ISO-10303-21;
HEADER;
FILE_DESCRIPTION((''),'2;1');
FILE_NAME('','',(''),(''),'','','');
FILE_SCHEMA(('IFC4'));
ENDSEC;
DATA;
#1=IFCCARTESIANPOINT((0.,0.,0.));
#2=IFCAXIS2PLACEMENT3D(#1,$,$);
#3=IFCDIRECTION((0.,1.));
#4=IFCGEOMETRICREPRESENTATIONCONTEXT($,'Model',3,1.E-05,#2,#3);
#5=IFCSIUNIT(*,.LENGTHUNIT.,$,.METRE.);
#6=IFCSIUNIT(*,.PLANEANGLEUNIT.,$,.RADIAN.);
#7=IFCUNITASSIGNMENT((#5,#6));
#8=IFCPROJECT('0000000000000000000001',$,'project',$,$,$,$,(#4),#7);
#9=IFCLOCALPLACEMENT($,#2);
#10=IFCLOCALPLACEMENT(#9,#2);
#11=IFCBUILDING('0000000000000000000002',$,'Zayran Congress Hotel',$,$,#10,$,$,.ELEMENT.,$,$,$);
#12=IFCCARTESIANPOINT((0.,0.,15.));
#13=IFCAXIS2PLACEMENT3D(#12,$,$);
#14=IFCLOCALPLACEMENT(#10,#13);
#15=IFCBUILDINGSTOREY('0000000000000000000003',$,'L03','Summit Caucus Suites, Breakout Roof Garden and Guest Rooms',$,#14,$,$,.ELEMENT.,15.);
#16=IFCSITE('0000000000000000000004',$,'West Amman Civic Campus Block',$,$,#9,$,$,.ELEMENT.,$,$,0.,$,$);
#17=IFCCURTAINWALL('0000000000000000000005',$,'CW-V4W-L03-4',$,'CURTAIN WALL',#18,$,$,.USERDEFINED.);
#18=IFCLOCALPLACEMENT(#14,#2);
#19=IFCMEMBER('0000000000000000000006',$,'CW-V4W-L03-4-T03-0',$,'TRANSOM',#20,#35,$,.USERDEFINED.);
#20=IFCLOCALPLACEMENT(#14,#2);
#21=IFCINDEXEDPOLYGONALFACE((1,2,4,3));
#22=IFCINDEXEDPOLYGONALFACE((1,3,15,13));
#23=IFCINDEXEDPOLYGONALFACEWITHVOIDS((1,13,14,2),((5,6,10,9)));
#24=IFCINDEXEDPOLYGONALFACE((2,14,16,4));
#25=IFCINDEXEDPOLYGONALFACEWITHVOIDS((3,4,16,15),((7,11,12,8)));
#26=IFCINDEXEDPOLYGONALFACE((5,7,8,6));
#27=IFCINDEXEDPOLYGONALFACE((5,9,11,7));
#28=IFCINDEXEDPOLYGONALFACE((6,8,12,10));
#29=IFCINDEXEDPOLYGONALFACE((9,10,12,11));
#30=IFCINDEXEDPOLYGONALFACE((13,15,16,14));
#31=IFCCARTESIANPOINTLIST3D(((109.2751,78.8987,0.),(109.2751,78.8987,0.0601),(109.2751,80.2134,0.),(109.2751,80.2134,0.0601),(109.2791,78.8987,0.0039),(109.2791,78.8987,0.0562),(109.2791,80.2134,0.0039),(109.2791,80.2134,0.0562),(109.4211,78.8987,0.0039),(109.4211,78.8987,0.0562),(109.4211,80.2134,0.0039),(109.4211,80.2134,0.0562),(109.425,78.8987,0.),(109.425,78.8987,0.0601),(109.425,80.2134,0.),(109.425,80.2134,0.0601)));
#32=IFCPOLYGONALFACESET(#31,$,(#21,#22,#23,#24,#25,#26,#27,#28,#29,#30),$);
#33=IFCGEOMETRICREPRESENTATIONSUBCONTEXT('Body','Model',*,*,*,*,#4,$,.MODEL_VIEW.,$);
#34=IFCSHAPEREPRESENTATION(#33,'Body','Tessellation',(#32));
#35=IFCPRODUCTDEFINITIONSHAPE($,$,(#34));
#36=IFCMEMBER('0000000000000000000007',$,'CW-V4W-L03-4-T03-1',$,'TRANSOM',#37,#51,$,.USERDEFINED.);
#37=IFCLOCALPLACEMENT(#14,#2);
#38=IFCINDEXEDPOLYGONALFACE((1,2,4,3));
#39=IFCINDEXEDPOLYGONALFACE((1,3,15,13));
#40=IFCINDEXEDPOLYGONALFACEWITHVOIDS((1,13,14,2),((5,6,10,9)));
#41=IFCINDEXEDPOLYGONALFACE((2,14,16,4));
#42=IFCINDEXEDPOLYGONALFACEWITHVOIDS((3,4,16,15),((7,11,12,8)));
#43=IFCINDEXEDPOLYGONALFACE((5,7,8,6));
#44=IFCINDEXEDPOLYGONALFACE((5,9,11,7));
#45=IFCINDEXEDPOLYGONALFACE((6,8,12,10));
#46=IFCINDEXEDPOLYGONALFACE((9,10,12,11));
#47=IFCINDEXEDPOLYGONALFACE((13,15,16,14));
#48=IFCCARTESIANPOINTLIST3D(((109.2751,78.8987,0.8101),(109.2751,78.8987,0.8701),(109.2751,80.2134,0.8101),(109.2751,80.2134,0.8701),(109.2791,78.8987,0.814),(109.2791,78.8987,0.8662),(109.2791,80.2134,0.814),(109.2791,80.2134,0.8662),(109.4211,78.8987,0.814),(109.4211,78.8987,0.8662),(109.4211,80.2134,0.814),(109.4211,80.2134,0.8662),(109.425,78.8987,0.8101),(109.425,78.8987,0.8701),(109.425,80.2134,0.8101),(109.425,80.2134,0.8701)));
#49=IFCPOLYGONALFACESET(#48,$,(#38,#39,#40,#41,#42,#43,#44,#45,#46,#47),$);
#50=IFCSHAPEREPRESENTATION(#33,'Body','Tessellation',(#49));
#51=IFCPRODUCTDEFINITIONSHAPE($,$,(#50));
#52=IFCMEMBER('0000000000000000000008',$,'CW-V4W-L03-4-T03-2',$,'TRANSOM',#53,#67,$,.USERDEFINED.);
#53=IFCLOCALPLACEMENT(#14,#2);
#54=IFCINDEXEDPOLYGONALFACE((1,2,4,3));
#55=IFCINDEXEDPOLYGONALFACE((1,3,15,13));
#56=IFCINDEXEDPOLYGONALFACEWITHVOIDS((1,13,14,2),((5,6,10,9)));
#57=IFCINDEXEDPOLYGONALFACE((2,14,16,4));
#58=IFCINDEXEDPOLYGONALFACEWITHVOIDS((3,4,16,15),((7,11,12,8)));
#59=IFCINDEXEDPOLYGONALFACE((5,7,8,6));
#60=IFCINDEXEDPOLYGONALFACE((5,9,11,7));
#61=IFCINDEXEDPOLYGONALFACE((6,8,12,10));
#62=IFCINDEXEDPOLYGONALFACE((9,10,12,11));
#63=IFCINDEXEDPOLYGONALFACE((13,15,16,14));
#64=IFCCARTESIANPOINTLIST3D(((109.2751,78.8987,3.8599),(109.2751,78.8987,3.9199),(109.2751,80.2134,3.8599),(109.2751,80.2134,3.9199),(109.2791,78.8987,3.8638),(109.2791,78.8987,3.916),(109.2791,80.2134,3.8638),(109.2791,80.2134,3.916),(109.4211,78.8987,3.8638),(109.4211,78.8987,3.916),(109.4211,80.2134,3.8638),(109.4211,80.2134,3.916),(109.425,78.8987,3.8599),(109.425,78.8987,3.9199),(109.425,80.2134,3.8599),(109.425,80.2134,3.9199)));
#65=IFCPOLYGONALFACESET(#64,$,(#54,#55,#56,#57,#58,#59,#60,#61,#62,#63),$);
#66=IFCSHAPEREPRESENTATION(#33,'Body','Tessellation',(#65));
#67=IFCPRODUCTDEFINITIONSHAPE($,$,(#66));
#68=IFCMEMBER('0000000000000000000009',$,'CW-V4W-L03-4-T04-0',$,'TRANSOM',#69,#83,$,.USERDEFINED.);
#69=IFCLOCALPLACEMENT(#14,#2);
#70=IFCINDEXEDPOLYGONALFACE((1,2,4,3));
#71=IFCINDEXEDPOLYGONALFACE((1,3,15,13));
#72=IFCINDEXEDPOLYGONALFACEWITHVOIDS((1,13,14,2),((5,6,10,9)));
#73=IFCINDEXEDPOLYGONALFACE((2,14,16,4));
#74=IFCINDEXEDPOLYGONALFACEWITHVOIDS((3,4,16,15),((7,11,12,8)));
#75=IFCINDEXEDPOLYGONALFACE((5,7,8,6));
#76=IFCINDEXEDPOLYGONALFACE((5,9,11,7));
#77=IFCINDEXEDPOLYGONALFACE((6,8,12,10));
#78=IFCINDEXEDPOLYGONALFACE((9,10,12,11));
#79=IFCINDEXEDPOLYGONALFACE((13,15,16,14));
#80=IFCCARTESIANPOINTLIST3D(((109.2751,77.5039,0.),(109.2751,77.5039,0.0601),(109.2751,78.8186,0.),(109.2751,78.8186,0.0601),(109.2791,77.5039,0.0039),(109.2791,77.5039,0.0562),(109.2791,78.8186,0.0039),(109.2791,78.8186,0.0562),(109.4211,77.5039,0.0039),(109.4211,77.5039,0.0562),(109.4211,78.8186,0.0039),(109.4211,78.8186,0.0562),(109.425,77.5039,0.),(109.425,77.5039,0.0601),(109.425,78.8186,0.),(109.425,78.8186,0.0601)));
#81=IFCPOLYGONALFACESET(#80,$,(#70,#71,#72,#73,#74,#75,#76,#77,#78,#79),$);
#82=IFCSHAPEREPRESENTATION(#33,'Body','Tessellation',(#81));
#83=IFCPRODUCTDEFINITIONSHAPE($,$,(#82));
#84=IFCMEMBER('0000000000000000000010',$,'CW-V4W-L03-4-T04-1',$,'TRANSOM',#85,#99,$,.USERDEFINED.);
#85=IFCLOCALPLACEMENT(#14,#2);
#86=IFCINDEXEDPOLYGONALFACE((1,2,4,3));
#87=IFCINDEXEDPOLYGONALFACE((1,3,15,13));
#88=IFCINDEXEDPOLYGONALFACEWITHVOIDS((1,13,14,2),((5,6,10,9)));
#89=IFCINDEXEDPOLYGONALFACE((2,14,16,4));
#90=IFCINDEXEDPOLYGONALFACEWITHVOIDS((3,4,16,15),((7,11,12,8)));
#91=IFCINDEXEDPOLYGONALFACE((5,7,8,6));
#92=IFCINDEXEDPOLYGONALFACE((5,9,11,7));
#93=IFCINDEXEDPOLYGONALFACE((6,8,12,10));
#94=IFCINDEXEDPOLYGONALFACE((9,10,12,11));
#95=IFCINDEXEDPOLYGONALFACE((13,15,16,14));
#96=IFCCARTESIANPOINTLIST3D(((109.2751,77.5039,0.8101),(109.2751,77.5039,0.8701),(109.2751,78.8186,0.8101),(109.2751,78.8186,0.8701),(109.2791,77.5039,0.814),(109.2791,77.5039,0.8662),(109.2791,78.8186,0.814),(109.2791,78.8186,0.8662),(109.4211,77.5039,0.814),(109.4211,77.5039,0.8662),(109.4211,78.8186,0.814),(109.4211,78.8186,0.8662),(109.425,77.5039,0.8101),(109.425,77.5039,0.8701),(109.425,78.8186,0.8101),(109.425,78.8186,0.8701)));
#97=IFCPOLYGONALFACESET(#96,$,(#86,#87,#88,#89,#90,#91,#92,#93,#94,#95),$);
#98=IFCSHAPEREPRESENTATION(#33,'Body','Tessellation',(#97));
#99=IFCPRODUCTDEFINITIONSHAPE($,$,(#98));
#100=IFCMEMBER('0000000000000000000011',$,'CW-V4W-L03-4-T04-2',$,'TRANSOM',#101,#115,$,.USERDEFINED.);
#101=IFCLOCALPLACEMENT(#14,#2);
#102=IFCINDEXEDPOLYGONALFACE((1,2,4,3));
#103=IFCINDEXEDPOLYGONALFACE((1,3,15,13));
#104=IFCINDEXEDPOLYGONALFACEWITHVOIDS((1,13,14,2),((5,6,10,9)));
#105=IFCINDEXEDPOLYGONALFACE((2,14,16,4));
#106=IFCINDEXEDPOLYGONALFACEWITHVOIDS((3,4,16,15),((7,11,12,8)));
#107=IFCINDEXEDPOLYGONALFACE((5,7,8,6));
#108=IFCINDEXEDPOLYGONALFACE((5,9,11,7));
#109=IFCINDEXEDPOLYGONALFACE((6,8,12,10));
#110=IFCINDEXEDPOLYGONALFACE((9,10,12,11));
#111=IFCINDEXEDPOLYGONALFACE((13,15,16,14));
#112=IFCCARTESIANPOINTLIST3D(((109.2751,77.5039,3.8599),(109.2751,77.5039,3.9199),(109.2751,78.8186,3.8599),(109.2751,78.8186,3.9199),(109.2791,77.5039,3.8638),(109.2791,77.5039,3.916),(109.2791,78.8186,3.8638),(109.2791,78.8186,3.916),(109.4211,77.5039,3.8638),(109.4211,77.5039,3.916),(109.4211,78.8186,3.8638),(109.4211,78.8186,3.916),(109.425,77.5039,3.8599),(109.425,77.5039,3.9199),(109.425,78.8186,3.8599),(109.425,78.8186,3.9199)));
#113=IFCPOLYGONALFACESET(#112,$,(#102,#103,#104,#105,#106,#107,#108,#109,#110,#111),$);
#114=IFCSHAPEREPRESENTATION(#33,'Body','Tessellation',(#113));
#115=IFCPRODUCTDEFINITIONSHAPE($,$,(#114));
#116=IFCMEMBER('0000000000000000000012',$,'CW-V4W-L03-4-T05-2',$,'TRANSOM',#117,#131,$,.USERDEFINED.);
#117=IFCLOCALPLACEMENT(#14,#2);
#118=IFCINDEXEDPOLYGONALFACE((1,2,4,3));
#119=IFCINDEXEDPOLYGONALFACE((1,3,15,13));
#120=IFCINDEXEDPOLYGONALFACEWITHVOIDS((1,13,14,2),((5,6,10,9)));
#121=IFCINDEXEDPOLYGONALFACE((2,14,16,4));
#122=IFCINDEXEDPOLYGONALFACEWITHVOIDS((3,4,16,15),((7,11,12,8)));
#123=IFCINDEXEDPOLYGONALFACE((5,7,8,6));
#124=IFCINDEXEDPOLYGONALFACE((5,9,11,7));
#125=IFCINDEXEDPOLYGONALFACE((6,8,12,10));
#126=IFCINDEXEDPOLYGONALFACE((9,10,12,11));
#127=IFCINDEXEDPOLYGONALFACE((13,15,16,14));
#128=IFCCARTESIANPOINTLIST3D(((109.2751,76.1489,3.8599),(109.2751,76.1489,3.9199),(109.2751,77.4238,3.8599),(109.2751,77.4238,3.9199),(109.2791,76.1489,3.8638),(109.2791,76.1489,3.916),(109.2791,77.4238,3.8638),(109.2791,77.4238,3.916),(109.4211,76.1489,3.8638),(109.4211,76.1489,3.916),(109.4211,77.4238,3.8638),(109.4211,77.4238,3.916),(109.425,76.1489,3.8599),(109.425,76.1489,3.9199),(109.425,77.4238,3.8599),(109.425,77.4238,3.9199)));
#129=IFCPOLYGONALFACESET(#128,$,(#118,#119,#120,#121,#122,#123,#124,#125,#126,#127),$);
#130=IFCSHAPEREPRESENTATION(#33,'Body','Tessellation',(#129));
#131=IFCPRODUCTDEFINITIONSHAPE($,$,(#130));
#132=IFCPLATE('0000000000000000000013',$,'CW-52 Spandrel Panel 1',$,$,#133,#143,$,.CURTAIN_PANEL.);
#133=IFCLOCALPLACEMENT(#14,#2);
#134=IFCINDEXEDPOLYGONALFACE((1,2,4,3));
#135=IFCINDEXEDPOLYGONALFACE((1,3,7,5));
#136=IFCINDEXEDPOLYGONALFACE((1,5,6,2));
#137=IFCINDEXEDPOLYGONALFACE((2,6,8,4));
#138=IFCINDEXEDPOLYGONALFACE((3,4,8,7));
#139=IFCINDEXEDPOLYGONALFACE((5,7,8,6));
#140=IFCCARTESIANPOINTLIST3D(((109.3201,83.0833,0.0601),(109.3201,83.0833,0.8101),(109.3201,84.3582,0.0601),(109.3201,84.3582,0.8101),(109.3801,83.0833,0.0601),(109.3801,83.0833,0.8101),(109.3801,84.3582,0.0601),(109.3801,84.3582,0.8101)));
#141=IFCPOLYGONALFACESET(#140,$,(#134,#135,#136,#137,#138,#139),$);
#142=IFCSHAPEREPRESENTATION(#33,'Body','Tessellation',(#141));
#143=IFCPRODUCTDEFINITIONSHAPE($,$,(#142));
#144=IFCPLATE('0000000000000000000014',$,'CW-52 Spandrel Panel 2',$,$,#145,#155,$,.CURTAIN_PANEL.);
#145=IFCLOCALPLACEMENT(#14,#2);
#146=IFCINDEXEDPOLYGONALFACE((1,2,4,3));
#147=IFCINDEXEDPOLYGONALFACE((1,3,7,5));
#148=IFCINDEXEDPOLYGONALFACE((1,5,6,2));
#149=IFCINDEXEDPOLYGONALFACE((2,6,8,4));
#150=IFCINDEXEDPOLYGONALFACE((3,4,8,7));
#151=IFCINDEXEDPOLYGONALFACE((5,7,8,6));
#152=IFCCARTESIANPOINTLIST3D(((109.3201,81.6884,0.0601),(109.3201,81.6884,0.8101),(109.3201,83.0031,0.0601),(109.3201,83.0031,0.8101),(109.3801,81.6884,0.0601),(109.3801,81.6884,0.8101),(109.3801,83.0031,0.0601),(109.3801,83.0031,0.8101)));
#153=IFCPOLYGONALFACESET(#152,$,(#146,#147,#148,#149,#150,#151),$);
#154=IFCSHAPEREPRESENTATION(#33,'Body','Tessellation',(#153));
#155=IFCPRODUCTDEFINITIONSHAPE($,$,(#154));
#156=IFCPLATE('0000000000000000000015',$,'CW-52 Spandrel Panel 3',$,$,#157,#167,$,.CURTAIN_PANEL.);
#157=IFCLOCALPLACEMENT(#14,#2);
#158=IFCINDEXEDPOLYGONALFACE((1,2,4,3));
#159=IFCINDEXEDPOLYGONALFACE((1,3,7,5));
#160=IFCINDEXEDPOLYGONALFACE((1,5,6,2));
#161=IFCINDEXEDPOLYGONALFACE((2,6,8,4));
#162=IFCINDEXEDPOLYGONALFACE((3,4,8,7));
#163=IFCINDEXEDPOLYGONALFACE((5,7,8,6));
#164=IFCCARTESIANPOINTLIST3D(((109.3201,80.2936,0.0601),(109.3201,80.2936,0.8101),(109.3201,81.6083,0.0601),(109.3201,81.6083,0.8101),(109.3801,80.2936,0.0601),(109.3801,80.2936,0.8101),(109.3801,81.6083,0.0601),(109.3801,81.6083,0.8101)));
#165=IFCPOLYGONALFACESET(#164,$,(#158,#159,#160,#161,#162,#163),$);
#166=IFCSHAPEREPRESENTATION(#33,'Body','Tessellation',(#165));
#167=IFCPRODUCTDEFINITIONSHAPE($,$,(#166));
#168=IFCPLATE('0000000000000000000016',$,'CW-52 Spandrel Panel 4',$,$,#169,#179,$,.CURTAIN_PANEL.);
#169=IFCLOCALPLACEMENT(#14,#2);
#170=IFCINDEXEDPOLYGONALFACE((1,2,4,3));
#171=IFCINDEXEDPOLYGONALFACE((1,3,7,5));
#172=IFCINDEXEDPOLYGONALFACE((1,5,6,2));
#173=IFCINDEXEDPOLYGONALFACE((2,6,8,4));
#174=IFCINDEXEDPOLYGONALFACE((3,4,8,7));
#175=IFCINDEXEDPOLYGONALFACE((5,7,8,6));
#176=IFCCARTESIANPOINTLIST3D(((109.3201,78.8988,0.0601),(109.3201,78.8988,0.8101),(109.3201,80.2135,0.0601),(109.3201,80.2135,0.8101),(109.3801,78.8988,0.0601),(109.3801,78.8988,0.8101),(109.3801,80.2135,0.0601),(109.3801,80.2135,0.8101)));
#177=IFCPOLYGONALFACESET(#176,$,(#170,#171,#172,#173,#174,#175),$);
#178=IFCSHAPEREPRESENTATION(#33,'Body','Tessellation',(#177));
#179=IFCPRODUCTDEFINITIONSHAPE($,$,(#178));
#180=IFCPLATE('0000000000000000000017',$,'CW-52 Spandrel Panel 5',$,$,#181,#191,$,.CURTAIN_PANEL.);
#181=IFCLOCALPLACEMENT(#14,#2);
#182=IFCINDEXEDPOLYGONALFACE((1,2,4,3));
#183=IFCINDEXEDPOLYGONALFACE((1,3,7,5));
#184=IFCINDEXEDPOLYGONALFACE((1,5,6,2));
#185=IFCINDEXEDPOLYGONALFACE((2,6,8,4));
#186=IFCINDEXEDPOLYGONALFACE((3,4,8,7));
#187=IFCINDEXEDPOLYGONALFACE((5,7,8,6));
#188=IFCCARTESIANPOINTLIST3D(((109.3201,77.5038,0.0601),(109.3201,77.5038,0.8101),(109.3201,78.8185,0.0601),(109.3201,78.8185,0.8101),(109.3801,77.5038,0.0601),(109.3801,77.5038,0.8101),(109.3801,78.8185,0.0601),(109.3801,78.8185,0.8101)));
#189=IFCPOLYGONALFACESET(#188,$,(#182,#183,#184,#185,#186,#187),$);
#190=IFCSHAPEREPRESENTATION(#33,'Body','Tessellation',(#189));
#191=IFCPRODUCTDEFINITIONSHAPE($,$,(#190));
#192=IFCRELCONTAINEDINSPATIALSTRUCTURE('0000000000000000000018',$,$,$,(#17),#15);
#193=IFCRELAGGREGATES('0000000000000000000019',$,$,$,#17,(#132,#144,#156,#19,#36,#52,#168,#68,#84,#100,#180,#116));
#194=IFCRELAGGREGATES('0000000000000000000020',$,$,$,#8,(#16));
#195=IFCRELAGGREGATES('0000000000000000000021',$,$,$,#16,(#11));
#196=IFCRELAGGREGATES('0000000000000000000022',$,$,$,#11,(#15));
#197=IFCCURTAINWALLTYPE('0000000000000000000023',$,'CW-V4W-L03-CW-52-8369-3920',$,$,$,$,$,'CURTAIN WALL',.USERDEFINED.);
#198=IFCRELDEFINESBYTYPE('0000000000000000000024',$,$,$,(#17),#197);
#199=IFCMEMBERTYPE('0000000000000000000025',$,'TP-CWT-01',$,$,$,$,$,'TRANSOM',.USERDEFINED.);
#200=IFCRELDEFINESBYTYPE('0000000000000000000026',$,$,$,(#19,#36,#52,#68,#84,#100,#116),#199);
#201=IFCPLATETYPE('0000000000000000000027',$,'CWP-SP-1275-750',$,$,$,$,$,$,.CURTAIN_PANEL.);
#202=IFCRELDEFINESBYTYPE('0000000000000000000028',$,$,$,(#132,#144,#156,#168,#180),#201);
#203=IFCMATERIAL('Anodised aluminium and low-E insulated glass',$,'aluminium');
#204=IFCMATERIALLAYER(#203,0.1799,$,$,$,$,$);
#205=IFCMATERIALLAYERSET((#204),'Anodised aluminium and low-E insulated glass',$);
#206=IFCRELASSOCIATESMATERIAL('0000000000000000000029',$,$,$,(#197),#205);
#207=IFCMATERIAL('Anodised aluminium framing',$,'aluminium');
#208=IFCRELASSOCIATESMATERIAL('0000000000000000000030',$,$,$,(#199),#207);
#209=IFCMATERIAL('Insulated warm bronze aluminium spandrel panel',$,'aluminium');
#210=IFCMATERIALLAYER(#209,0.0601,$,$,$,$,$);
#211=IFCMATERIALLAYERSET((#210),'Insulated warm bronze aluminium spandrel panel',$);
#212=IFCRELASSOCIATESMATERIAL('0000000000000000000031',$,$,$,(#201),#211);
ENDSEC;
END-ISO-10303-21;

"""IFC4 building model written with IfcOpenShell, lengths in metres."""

from ifc_helpers import new_model, si_unit, direction, frame, origin, origin_2d, place, context, subcontext, project, spatial, rectangle, hollow_rectangle, extrude, material, layer, layer_set, material_profile, profile_set, type_object, element, aggregate, save


model = new_model("IFC4")

# Units and contexts
model_context = context("Model", 3, precision=1e-05, world=origin(), true_north=direction((0.0, 1.0)))
body_context = subcontext(model_context, "Body", "Model", "MODEL_VIEW")
ifc_project = project(units=[si_unit("LENGTHUNIT", "METRE"), si_unit("PLANEANGLEUNIT", "RADIAN")], contexts=[model_context])

# Site, building, storey
site_placement = place(None, origin())
site = spatial("IfcSite", under=ifc_project, at=site_placement, Name="West Amman Civic Campus Block", CompositionType="ELEMENT", RefElevation=0.0)
building_placement = place(site_placement, origin())
building = spatial("IfcBuilding", under=site, at=building_placement, Name="Zayran Congress Hotel", CompositionType="ELEMENT")
storey_placement = place(building_placement, frame((0.0, 0.0, 15.0)))
storey = spatial("IfcBuildingStorey", under=building, at=storey_placement, Name="L03", Description="Summit Caucus Suites, Breakout Roof Garden and Guest Rooms", CompositionType="ELEMENT", Elevation=15.0)

# Curtain wall, members, plates
ifc_material_1 = material(Name="Anodised aluminium and low-E insulated glass", Category="aluminium")
ifc_layer_1 = layer(ifc_material_1, 0.1799)
ifc_layer_set_1 = layer_set([ifc_layer_1], Name="Anodised aluminium and low-E insulated glass")
curtain_wall_type = type_object("IfcCurtainWallType", Name="CW-V4W-L03-CW-52-8369-3920", ElementType="CURTAIN WALL", PredefinedType="USERDEFINED", material=ifc_layer_set_1)
curtain_wall_placement = place(storey_placement, origin())
curtain_wall = element("IfcCurtainWall", 1, at=curtain_wall_placement, inside=storey, type_object=curtain_wall_type, Name="CW-V4W-L03-4", ObjectType="CURTAIN WALL", PredefinedType="USERDEFINED")
ifc_material_2 = material(Name="Anodised aluminium framing", Category="aluminium")
ifc_material_profile_1 = material_profile(ifc_material_2, hollow_rectangle(XDim=0.0601, YDim=0.1499, WallThickness=0.0039, at=origin_2d()), Name="RHS 150x60x4")
ifc_profile_set_1 = profile_set([ifc_material_profile_1], Name="Anodised aluminium framing")
member_type_1 = type_object("IfcMemberType", Name="TP-CWT-01", ElementType="TRANSOM", PredefinedType="USERDEFINED", material=ifc_profile_set_1)
member_1_placement = place(storey_placement, frame((109.3501, 80.2134, 0.03), z_axis=(0.0, -1.0, 0.0), x_axis=(0.0, 0.0, 1.0)))
member_1 = element("IfcMember", 2, at=member_1_placement, type_object=member_type_1, Name="CW-V4W-L03-4-T03-0", ObjectType="TRANSOM", PredefinedType="USERDEFINED", context=body_context, shape_type="SweptSolid", body=[
    extrude(hollow_rectangle(XDim=0.0601, YDim=0.1499, WallThickness=0.0039, at=origin_2d()), origin(), (0.0, 0.0, 1.0), 1.3147),
])
member_2_placement = place(storey_placement, frame((109.3501, 80.2134, 0.8401), z_axis=(0.0, -1.0, 0.0), x_axis=(0.0, 0.0, 1.0)))
member_2 = element("IfcMember", 3, at=member_2_placement, type_object=member_type_1, Name="CW-V4W-L03-4-T03-1", ObjectType="TRANSOM", PredefinedType="USERDEFINED", context=body_context, shape_type="SweptSolid", body=[
    extrude(hollow_rectangle(XDim=0.0601, YDim=0.1499, WallThickness=0.0039, at=origin_2d()), origin(), (0.0, 0.0, 1.0), 1.3147),
])
member_3_placement = place(storey_placement, frame((109.3501, 80.2134, 3.8899), z_axis=(0.0, -1.0, 0.0), x_axis=(0.0, 0.0, 1.0)))
member_3 = element("IfcMember", 4, at=member_3_placement, type_object=member_type_1, Name="CW-V4W-L03-4-T03-2", ObjectType="TRANSOM", PredefinedType="USERDEFINED", context=body_context, shape_type="SweptSolid", body=[
    extrude(hollow_rectangle(XDim=0.0601, YDim=0.1499, WallThickness=0.0039, at=origin_2d()), origin(), (0.0, 0.0, 1.0), 1.3147),
])
member_4_placement = place(storey_placement, frame((109.3501, 78.8186, 0.03), z_axis=(0.0, -1.0, 0.0), x_axis=(0.0, 0.0, 1.0)))
member_4 = element("IfcMember", 5, at=member_4_placement, type_object=member_type_1, Name="CW-V4W-L03-4-T04-0", ObjectType="TRANSOM", PredefinedType="USERDEFINED", context=body_context, shape_type="SweptSolid", body=[
    extrude(hollow_rectangle(XDim=0.0601, YDim=0.1499, WallThickness=0.0039, at=origin_2d()), origin(), (0.0, 0.0, 1.0), 1.3147),
])
member_5_placement = place(storey_placement, frame((109.3501, 78.8186, 0.8401), z_axis=(0.0, -1.0, 0.0), x_axis=(0.0, 0.0, 1.0)))
member_5 = element("IfcMember", 6, at=member_5_placement, type_object=member_type_1, Name="CW-V4W-L03-4-T04-1", ObjectType="TRANSOM", PredefinedType="USERDEFINED", context=body_context, shape_type="SweptSolid", body=[
    extrude(hollow_rectangle(XDim=0.0601, YDim=0.1499, WallThickness=0.0039, at=origin_2d()), origin(), (0.0, 0.0, 1.0), 1.3147),
])
member_6_placement = place(storey_placement, frame((109.3501, 78.8186, 3.8899), z_axis=(0.0, -1.0, 0.0), x_axis=(0.0, 0.0, 1.0)))
member_6 = element("IfcMember", 7, at=member_6_placement, type_object=member_type_1, Name="CW-V4W-L03-4-T04-2", ObjectType="TRANSOM", PredefinedType="USERDEFINED", context=body_context, shape_type="SweptSolid", body=[
    extrude(hollow_rectangle(XDim=0.0601, YDim=0.1499, WallThickness=0.0039, at=origin_2d()), origin(), (0.0, 0.0, 1.0), 1.3147),
])
member_7_placement = place(storey_placement, frame((109.3501, 77.4238, 3.8899), z_axis=(0.0, -1.0, 0.0), x_axis=(0.0, 0.0, 1.0)))
member_7 = element("IfcMember", 8, at=member_7_placement, type_object=member_type_1, Name="CW-V4W-L03-4-T05-2", ObjectType="TRANSOM", PredefinedType="USERDEFINED", context=body_context, shape_type="SweptSolid", body=[
    extrude(hollow_rectangle(XDim=0.0601, YDim=0.1499, WallThickness=0.0039, at=origin_2d()), origin(), (0.0, 0.0, 1.0), 1.2749),
])
ifc_material_3 = material(Name="Insulated warm bronze aluminium spandrel panel", Category="aluminium")
ifc_layer_2 = layer(ifc_material_3, 0.0601)
ifc_layer_set_2 = layer_set([ifc_layer_2], Name="Insulated warm bronze aluminium spandrel panel")
plate_type_1 = type_object("IfcPlateType", Name="CWP-SP-1275-750", PredefinedType="CURTAIN_PANEL", material=ifc_layer_set_2)
plate_1_placement = place(storey_placement, frame((109.3501, 83.7207, 0.0601), z_axis=(0.0, 0.0, 1.0), x_axis=(0.0, 1.0, 0.0)))
plate_1 = element("IfcPlate", 9, at=plate_1_placement, type_object=plate_type_1, Name="CW-52 Spandrel Panel 1", PredefinedType="CURTAIN_PANEL", context=body_context, shape_type="SweptSolid", body=[
    extrude(rectangle(XDim=1.2749, YDim=0.0601, at=origin_2d()), origin(), (0.0, 0.0, 1.0), 0.75),
])
plate_2_placement = place(storey_placement, frame((109.3501, 82.3457, 0.0601), z_axis=(0.0, 0.0, 1.0), x_axis=(0.0, 1.0, 0.0)))
plate_2 = element("IfcPlate", 10, at=plate_2_placement, type_object=plate_type_1, Name="CW-52 Spandrel Panel 2", PredefinedType="CURTAIN_PANEL", context=body_context, shape_type="SweptSolid", body=[
    extrude(rectangle(XDim=1.3147, YDim=0.0601, at=origin_2d()), origin(), (0.0, 0.0, 1.0), 0.75),
])
plate_3_placement = place(storey_placement, frame((109.3501, 80.9509, 0.0601), z_axis=(0.0, 0.0, 1.0), x_axis=(0.0, 1.0, 0.0)))
plate_3 = element("IfcPlate", 11, at=plate_3_placement, type_object=plate_type_1, Name="CW-52 Spandrel Panel 3", PredefinedType="CURTAIN_PANEL", context=body_context, shape_type="SweptSolid", body=[
    extrude(rectangle(XDim=1.3147, YDim=0.0601, at=origin_2d()), origin(), (0.0, 0.0, 1.0), 0.75),
])
plate_4_placement = place(storey_placement, frame((109.3501, 79.5562, 0.0601), z_axis=(0.0, 0.0, 1.0), x_axis=(0.0, 1.0, 0.0)))
plate_4 = element("IfcPlate", 12, at=plate_4_placement, type_object=plate_type_1, Name="CW-52 Spandrel Panel 4", PredefinedType="CURTAIN_PANEL", context=body_context, shape_type="SweptSolid", body=[
    extrude(rectangle(XDim=1.3147, YDim=0.0601, at=origin_2d()), origin(), (0.0, 0.0, 1.0), 0.75),
])
plate_5_placement = place(storey_placement, frame((109.3501, 78.1611, 0.0601), z_axis=(0.0, 0.0, 1.0), x_axis=(0.0, 1.0, 0.0)))
plate_5 = element("IfcPlate", 13, at=plate_5_placement, type_object=plate_type_1, Name="CW-52 Spandrel Panel 5", PredefinedType="CURTAIN_PANEL", context=body_context, shape_type="SweptSolid", body=[
    extrude(rectangle(XDim=1.3147, YDim=0.0601, at=origin_2d()), origin(), (0.0, 0.0, 1.0), 0.75),
])
aggregate(curtain_wall, [plate_1, plate_2, plate_3, member_1, member_2, member_3, plate_4, member_4, member_5, member_6, plate_5, member_7])

save(model, "model.ifc")
